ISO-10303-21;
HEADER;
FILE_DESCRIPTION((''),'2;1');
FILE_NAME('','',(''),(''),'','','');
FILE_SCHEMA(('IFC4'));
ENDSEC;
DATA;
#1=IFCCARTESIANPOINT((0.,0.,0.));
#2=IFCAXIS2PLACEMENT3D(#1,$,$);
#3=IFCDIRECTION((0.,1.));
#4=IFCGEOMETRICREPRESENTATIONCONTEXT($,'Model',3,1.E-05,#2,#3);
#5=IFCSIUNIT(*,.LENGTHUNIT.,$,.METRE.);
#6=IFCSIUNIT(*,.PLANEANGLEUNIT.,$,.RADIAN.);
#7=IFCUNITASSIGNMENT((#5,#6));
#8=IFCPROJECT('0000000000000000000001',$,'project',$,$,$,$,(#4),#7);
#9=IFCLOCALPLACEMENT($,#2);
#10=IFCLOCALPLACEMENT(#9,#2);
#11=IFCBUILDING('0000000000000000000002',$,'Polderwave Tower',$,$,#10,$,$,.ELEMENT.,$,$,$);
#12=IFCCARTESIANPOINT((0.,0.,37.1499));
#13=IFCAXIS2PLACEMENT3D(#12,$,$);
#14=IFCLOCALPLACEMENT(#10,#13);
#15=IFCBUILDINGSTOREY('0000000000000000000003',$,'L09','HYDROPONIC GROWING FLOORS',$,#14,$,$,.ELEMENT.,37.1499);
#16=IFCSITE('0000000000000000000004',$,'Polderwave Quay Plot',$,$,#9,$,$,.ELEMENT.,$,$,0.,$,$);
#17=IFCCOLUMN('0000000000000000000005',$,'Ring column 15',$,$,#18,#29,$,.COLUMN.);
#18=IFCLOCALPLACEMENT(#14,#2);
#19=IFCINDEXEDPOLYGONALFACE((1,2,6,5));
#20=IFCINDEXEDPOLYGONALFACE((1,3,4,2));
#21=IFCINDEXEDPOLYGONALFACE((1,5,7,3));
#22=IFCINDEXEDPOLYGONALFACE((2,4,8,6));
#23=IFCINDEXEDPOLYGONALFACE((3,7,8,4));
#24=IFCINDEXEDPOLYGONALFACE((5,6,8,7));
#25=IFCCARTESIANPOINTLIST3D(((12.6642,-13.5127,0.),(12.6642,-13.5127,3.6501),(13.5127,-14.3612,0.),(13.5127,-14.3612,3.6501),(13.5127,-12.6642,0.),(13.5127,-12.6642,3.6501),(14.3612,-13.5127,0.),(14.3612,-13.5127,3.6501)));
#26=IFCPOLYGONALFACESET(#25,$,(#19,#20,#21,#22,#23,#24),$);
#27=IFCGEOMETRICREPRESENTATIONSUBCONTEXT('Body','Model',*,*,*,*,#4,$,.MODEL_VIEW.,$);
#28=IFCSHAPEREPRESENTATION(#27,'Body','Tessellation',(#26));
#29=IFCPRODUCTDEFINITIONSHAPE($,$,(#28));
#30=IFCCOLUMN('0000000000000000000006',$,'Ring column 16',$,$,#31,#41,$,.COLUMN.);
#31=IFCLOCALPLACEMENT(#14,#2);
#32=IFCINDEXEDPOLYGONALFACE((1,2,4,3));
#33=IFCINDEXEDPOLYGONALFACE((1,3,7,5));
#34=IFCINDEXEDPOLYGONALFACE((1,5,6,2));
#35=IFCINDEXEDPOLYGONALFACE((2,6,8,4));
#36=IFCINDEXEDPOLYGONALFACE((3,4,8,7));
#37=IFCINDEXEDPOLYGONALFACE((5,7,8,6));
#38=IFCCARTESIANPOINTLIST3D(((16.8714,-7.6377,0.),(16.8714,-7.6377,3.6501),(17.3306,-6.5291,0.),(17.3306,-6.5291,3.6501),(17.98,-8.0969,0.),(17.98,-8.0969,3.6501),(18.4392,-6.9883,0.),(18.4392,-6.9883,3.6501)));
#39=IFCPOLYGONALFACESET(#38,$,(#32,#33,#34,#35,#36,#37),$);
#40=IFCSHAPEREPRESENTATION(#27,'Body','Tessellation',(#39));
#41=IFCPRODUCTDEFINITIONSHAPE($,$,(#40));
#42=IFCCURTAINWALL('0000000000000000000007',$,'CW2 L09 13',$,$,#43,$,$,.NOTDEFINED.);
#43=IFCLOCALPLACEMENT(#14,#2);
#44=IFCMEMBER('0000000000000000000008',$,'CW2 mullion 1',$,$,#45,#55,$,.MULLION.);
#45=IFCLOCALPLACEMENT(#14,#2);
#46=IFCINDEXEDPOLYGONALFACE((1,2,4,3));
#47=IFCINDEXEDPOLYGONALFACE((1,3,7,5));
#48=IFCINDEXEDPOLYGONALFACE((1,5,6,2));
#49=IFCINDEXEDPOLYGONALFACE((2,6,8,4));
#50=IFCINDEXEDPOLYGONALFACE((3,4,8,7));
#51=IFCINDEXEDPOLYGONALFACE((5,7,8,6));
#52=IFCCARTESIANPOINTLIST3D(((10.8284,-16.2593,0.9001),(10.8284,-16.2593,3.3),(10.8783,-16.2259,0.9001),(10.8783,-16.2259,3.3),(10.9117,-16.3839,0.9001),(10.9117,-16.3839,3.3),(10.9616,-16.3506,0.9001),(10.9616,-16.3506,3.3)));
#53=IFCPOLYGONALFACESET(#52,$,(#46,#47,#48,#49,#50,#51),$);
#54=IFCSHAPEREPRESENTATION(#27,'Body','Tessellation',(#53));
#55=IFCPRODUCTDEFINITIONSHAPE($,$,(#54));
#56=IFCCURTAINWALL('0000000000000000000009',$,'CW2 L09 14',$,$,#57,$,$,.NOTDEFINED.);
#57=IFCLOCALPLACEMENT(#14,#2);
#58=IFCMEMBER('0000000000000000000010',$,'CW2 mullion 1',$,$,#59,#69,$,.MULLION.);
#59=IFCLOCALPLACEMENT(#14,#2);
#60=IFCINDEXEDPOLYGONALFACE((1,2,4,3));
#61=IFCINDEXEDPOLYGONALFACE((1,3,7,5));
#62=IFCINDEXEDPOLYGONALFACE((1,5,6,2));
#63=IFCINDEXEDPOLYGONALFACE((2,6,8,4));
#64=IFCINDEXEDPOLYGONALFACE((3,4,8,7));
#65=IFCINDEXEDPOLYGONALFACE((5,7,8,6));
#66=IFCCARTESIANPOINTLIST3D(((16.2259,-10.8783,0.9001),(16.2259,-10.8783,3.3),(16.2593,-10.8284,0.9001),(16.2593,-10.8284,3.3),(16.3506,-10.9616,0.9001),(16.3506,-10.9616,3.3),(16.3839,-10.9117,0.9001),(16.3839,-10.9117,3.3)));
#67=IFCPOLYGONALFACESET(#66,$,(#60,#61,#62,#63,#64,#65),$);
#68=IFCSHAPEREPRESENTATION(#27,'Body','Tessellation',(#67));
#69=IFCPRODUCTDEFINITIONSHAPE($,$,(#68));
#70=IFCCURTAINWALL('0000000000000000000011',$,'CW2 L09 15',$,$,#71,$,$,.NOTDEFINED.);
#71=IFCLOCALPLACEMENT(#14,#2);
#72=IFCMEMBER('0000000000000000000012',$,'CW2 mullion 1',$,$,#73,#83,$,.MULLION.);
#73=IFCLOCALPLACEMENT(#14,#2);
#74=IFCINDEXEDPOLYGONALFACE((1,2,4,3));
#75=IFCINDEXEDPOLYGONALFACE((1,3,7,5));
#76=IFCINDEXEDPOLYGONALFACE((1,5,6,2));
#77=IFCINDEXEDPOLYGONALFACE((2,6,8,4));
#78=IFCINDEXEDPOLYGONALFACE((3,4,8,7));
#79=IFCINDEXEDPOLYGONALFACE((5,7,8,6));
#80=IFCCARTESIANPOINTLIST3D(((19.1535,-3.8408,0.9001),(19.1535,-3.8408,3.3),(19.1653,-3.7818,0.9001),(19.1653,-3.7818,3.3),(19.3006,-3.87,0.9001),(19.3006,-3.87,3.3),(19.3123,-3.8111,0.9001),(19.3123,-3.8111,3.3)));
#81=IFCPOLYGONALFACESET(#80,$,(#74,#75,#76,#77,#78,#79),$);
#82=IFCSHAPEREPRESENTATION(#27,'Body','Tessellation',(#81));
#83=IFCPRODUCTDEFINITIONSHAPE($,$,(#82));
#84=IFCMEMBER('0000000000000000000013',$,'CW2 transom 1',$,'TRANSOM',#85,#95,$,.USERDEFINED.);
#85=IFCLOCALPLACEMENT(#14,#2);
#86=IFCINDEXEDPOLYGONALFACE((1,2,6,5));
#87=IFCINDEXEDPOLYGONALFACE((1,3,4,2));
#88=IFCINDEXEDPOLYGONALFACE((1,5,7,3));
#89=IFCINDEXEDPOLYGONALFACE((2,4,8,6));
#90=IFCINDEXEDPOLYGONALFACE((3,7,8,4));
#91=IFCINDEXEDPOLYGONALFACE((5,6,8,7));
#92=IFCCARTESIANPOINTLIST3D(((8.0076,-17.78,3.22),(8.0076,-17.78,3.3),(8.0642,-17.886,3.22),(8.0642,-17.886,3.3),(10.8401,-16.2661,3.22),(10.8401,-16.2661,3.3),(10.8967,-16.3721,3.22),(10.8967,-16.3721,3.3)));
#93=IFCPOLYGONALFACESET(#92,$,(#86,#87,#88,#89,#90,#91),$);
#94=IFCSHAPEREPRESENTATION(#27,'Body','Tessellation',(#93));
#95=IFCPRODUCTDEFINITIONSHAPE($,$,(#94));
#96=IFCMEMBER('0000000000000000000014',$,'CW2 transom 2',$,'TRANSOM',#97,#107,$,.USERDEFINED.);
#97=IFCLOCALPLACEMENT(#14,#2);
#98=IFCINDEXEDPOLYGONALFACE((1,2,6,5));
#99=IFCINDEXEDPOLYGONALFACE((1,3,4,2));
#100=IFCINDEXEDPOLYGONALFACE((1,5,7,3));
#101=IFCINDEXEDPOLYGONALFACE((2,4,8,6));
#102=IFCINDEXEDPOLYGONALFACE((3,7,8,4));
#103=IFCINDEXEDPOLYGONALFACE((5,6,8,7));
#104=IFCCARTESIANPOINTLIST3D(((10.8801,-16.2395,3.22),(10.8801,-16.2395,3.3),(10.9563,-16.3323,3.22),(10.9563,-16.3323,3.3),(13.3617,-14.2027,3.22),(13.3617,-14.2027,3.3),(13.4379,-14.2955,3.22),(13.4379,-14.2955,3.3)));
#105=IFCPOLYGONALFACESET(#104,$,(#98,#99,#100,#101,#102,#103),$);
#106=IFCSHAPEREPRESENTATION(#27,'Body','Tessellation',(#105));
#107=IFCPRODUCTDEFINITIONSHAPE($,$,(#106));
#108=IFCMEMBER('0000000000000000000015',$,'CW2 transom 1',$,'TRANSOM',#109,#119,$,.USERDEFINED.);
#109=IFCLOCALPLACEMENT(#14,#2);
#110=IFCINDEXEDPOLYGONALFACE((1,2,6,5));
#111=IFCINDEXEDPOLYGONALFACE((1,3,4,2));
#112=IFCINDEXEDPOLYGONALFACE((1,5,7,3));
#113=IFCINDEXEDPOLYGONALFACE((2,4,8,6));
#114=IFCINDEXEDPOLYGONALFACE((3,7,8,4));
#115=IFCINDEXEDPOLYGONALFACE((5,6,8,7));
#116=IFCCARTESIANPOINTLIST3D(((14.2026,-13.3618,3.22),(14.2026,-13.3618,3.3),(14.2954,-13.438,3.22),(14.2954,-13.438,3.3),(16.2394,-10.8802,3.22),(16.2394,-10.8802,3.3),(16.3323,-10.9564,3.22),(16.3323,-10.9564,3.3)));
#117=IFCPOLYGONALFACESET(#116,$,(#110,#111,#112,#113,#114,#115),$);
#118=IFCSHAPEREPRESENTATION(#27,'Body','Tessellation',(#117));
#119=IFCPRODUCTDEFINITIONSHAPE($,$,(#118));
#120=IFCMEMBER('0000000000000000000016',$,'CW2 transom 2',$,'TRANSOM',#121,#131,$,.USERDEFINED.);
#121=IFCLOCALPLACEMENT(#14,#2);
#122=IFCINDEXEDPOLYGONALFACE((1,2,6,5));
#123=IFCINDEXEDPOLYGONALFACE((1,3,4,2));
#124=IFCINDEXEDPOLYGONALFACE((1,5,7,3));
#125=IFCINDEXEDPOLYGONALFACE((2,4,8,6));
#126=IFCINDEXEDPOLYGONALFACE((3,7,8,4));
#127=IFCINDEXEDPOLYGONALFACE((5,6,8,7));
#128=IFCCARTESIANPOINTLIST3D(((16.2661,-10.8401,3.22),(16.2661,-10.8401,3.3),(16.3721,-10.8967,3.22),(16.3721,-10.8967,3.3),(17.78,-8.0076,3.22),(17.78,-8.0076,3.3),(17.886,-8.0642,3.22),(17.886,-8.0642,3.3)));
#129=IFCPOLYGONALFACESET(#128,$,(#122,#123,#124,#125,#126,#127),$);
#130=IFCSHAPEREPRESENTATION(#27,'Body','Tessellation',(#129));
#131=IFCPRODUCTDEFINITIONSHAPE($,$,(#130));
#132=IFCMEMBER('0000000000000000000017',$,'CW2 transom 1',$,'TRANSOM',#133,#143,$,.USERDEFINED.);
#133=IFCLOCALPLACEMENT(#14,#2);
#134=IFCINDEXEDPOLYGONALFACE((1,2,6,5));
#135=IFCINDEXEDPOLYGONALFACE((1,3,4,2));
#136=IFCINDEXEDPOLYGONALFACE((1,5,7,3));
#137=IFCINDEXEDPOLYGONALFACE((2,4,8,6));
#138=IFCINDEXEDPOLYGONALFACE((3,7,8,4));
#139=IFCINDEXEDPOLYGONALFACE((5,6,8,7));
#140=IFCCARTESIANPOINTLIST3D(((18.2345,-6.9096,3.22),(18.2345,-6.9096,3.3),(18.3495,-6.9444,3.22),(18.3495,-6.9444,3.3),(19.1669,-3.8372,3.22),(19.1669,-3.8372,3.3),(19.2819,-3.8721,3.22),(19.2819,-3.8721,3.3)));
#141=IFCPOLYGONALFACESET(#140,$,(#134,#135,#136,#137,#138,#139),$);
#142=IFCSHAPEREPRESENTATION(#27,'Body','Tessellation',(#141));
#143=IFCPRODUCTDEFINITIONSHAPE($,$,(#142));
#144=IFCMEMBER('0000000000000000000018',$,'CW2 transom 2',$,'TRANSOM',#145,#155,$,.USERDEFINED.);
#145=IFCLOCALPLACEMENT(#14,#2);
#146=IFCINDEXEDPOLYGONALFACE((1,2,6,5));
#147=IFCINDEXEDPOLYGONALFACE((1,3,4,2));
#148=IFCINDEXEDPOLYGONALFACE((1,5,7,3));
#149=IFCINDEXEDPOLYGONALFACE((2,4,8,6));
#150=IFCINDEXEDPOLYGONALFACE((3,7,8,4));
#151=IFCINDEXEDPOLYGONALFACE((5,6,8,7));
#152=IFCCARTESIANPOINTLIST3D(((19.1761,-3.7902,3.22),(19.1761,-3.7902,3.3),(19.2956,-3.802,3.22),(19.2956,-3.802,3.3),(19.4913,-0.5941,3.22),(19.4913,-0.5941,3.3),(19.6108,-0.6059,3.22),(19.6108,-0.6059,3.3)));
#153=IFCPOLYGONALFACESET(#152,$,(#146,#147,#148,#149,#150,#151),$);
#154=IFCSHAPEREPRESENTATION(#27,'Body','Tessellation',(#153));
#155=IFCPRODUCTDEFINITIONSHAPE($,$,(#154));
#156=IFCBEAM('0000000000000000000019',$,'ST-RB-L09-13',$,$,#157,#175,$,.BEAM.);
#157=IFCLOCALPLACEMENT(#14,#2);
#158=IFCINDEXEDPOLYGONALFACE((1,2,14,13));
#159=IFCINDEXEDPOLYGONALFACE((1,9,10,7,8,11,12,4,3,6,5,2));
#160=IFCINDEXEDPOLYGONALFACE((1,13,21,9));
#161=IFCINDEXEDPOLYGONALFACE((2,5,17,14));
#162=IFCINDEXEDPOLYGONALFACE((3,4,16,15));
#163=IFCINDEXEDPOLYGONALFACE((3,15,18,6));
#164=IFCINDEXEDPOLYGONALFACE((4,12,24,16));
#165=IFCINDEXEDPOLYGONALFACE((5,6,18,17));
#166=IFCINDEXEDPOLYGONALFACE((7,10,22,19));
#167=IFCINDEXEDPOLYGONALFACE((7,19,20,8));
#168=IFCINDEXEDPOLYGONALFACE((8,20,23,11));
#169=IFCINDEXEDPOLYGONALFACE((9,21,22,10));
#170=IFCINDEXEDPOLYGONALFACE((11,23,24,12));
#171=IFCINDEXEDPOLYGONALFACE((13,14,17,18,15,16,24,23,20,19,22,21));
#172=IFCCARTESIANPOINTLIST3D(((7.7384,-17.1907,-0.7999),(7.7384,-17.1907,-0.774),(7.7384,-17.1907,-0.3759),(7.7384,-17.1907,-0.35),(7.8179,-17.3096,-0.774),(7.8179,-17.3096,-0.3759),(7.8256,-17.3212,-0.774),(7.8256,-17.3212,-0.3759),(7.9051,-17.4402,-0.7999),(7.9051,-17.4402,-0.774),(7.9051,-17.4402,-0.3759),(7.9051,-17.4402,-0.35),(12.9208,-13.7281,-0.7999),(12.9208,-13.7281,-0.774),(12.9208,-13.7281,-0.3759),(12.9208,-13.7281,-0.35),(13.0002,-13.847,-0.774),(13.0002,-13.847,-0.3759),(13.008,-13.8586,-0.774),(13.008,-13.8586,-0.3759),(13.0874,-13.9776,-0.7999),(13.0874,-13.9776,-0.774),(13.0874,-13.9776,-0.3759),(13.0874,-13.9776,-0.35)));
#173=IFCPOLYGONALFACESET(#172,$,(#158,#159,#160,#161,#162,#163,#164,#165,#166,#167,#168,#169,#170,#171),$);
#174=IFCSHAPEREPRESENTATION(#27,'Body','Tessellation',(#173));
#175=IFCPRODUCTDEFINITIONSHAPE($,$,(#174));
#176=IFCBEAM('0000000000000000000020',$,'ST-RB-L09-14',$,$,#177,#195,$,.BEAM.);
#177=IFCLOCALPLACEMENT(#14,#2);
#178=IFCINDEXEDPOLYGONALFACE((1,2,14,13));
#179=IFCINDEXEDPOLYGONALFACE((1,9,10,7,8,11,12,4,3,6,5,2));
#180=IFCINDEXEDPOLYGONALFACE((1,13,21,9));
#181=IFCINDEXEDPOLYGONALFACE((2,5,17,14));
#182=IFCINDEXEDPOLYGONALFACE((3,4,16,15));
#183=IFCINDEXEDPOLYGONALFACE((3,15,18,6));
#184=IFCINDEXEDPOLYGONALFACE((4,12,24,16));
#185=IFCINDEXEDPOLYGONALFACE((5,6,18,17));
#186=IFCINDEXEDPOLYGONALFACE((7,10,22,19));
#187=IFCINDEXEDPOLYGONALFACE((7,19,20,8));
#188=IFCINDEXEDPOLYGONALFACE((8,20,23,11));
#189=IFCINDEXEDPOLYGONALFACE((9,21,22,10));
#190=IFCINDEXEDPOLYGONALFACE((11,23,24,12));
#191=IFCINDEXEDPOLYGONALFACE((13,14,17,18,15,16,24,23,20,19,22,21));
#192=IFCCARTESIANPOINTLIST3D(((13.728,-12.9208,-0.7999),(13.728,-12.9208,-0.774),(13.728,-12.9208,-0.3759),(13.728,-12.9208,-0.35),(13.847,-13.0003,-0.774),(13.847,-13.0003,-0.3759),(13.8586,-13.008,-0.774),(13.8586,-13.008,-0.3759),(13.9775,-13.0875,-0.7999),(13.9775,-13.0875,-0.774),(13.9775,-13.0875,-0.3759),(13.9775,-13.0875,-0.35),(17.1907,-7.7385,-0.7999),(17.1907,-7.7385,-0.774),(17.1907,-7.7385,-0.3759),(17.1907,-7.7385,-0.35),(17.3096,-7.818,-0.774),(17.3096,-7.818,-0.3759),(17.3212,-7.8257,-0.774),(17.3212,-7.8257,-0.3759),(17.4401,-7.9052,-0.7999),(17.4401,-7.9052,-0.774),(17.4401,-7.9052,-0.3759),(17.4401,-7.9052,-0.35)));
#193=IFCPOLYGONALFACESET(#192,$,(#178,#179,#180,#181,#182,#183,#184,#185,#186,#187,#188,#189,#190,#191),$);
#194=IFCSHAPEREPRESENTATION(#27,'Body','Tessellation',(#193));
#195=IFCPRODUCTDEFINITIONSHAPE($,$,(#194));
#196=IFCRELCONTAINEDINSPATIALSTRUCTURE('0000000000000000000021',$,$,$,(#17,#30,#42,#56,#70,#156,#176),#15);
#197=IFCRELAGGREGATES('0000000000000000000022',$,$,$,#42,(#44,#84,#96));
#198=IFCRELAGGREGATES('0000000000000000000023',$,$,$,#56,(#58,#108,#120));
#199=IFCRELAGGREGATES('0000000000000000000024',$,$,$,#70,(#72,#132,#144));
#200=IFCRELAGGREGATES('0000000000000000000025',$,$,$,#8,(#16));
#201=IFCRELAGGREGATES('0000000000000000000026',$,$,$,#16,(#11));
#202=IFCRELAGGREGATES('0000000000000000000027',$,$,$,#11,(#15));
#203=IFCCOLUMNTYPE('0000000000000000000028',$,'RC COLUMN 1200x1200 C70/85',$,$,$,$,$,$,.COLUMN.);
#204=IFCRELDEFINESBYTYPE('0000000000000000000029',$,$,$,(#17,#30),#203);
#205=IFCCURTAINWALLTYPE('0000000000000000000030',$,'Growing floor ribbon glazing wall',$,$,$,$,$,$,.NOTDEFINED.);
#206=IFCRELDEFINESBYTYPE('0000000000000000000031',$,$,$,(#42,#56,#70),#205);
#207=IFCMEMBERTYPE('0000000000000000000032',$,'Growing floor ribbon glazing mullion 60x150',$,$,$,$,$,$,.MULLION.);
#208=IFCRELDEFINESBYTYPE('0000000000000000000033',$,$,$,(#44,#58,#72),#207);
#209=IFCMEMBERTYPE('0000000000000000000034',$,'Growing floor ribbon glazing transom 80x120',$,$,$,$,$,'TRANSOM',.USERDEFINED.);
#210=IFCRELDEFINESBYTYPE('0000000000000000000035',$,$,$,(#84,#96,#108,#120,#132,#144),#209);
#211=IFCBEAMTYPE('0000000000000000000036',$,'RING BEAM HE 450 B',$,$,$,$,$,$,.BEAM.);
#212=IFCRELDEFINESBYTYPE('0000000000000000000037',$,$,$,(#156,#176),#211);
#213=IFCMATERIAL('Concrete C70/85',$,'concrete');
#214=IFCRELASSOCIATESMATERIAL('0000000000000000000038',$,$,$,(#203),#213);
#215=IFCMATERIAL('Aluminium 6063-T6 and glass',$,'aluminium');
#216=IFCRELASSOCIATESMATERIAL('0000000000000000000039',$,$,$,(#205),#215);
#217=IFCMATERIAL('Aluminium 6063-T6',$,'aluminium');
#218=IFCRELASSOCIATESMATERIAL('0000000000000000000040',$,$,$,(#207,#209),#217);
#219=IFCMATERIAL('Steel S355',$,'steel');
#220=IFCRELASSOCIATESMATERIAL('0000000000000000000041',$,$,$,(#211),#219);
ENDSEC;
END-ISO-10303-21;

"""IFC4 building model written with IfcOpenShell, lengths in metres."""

from ifc_helpers import new_model, si_unit, direction, frame, origin, origin_2d, place, context, subcontext, project, spatial, rectangle, i_section, extrude, material, material_profile, profile_set, type_object, element, aggregate, save


model = new_model("IFC4")

# Units and contexts
model_context = context("Model", 3, precision=1e-05, world=origin(), true_north=direction((0.0, 1.0)))
body_context = subcontext(model_context, "Body", "Model", "MODEL_VIEW")
ifc_project = project(units=[si_unit("LENGTHUNIT", "METRE"), si_unit("PLANEANGLEUNIT", "RADIAN")], contexts=[model_context])

# Site, building, storey
site_placement = place(None, origin())
site = spatial("IfcSite", under=ifc_project, at=site_placement, Name="Polderwave Quay Plot", CompositionType="ELEMENT", RefElevation=0.0)
building_placement = place(site_placement, origin())
building = spatial("IfcBuilding", under=site, at=building_placement, Name="Polderwave Tower", CompositionType="ELEMENT")
storey_placement = place(building_placement, frame((0.0, 0.0, 37.1499)))
storey = spatial("IfcBuildingStorey", under=building, at=storey_placement, Name="L09", Description="HYDROPONIC GROWING FLOORS", CompositionType="ELEMENT", Elevation=37.1499)

# Columns
ifc_material_1 = material(Name="Concrete C70/85", Category="concrete")
ifc_material_profile_1 = material_profile(ifc_material_1, rectangle(XDim=1.2, YDim=1.2, at=origin_2d()), Name="RC 1200x1200")
ifc_profile_set_1 = profile_set([ifc_material_profile_1], Name="Concrete C70/85")
column_type = type_object("IfcColumnType", Name="RC COLUMN 1200x1200 C70/85", PredefinedType="COLUMN", material=ifc_profile_set_1)
for number, where, z_axis, x_axis, name in (
    (1, (13.5127, -13.5127, 0.0), (0.0, 0.0, 1.0), (0.707107, -0.707107, 0.0), "Ring column 15"),
    (2, (17.6553, -7.313, 0.0), (0.0, 0.0, 1.0), (0.92388, -0.382683, 0.0), "Ring column 16"),
):
    element("IfcColumn", number, at=place(storey_placement, frame(where, z_axis=z_axis, x_axis=x_axis)), inside=storey, type_object=column_type, Name=name, PredefinedType="COLUMN", context=body_context, shape_type="SweptSolid", body=[
        extrude(rectangle(XDim=1.2, YDim=1.2, at=origin_2d()), origin(), (0.0, 0.0, 1.0), 3.6501),
    ])

# Curtain walls, members
ifc_material_2 = material(Name="Aluminium 6063-T6 and glass", Category="aluminium")
curtain_wall_type = type_object("IfcCurtainWallType", Name="Growing floor ribbon glazing wall", PredefinedType="NOTDEFINED", material=ifc_material_2)
curtain_wall_1_placement = place(storey_placement, origin())
curtain_wall_1 = element("IfcCurtainWall", 3, at=curtain_wall_1_placement, inside=storey, type_object=curtain_wall_type, Name="CW2 L09 13", PredefinedType="NOTDEFINED")
ifc_material_3 = material(Name="Aluminium 6063-T6", Category="aluminium")
ifc_material_profile_2 = material_profile(ifc_material_3, rectangle(XDim=0.1499, YDim=0.0601, at=origin_2d()), Name="AL 60x150")
ifc_profile_set_2 = profile_set([ifc_material_profile_2], Name="Aluminium 6063-T6")
member_type_1 = type_object("IfcMemberType", Name="Growing floor ribbon glazing mullion 60x150", PredefinedType="MULLION", material=ifc_profile_set_2)
member_1_placement = place(storey_placement, frame((10.895, -16.3049, 0.9001), z_axis=(0.0, 0.0, 1.0), x_axis=(-0.555572, 0.831469, 0.0)))
member_1 = element("IfcMember", 4, at=member_1_placement, type_object=member_type_1, Name="CW2 mullion 1", PredefinedType="MULLION", context=body_context, shape_type="SweptSolid", body=[
    extrude(rectangle(XDim=0.1499, YDim=0.0601, at=origin_2d()), origin(), (0.0, 0.0, 1.0), 2.3999),
])
curtain_wall_2_placement = place(storey_placement, origin())
curtain_wall_2 = element("IfcCurtainWall", 5, at=curtain_wall_2_placement, inside=storey, type_object=curtain_wall_type, Name="CW2 L09 14", PredefinedType="NOTDEFINED")
member_2_placement = place(storey_placement, frame((16.3049, -10.895, 0.9001), z_axis=(0.0, 0.0, 1.0), x_axis=(-0.831469, 0.555572, 0.0)))
member_2 = element("IfcMember", 6, at=member_2_placement, type_object=member_type_1, Name="CW2 mullion 1", PredefinedType="MULLION", context=body_context, shape_type="SweptSolid", body=[
    extrude(rectangle(XDim=0.1499, YDim=0.0601, at=origin_2d()), origin(), (0.0, 0.0, 1.0), 2.3999),
])
curtain_wall_3_placement = place(storey_placement, origin())
curtain_wall_3 = element("IfcCurtainWall", 7, at=curtain_wall_3_placement, inside=storey, type_object=curtain_wall_type, Name="CW2 L09 15", PredefinedType="NOTDEFINED")
member_3_placement = place(storey_placement, frame((19.2329, -3.8259, 0.9001), z_axis=(0.0, 0.0, 1.0), x_axis=(-0.980768, 0.195178, 0.0)))
member_3 = element("IfcMember", 8, at=member_3_placement, type_object=member_type_1, Name="CW2 mullion 1", PredefinedType="MULLION", context=body_context, shape_type="SweptSolid", body=[
    extrude(rectangle(XDim=0.1499, YDim=0.0601, at=origin_2d()), origin(), (0.0, 0.0, 1.0), 2.3999),
])

# Members
ifc_material_profile_3 = material_profile(ifc_material_3, rectangle(XDim=0.1201, YDim=0.0801, at=origin_2d()), Name="AL 80x120")
ifc_profile_set_3 = profile_set([ifc_material_profile_3], Name="Aluminium 6063-T6")
member_type_2 = type_object("IfcMemberType", Name="Growing floor ribbon glazing transom 80x120", ElementType="TRANSOM", PredefinedType="USERDEFINED", material=ifc_profile_set_3)
member_4_placement = place(storey_placement, frame((8.0359, -17.833, 3.26), z_axis=(0.881934, 0.471373, 0.0), x_axis=(-0.471373, 0.881934, 0.0)))
member_4 = element("IfcMember", 9, at=member_4_placement, type_object=member_type_2, Name="CW2 transom 1", ObjectType="TRANSOM", PredefinedType="USERDEFINED", context=body_context, shape_type="SweptSolid", body=[
    extrude(rectangle(XDim=0.1201, YDim=0.0801, at=origin_2d()), origin(), (0.0, 0.0, 1.0), 3.2117),
])
member_5_placement = place(storey_placement, frame((10.9182, -16.2859, 3.26), z_axis=(0.772981, 0.63443, 0.0), x_axis=(-0.63443, 0.772981, 0.0)))
member_5 = element("IfcMember", 10, at=member_5_placement, type_object=member_type_2, Name="CW2 transom 2", ObjectType="TRANSOM", PredefinedType="USERDEFINED", context=body_context, shape_type="SweptSolid", body=[
    extrude(rectangle(XDim=0.1201, YDim=0.0801, at=origin_2d()), origin(), (0.0, 0.0, 1.0), 3.2104),
])
member_6_placement = place(storey_placement, frame((14.249, -13.3999, 3.26), z_axis=(0.63443, 0.772981, 0.0), x_axis=(-0.772981, 0.63443, 0.0)))
member_6 = element("IfcMember", 11, at=member_6_placement, type_object=member_type_2, Name="CW2 transom 1", ObjectType="TRANSOM", PredefinedType="USERDEFINED", context=body_context, shape_type="SweptSolid", body=[
    extrude(rectangle(XDim=0.1201, YDim=0.0801, at=origin_2d()), origin(), (0.0, 0.0, 1.0), 3.2104),
])
member_7_placement = place(storey_placement, frame((16.3191, -10.8684, 3.26), z_axis=(0.471373, 0.881934, 0.0), x_axis=(-0.881934, 0.471373, 0.0)))
member_7 = element("IfcMember", 12, at=member_7_placement, type_object=member_type_2, Name="CW2 transom 2", ObjectType="TRANSOM", PredefinedType="USERDEFINED", context=body_context, shape_type="SweptSolid", body=[
    extrude(rectangle(XDim=0.1201, YDim=0.0801, at=origin_2d()), origin(), (0.0, 0.0, 1.0), 3.2117),
])
member_8_placement = place(storey_placement, frame((18.292, -6.927, 3.26), z_axis=(0.290402, 0.956905, 0.0), x_axis=(-0.956905, 0.290402, 0.0)))
member_8 = element("IfcMember", 13, at=member_8_placement, type_object=member_type_2, Name="CW2 transom 1", ObjectType="TRANSOM", PredefinedType="USERDEFINED", context=body_context, shape_type="SweptSolid", body=[
    extrude(rectangle(XDim=0.1201, YDim=0.0801, at=origin_2d()), origin(), (0.0, 0.0, 1.0), 3.2107),
])
member_9_placement = place(storey_placement, frame((19.2358, -3.7961, 3.26), z_axis=(0.098141, 0.995172, 0.0), x_axis=(-0.995172, 0.098141, 0.0)))
member_9 = element("IfcMember", 14, at=member_9_placement, type_object=member_type_2, Name="CW2 transom 2", ObjectType="TRANSOM", PredefinedType="USERDEFINED", context=body_context, shape_type="SweptSolid", body=[
    extrude(rectangle(XDim=0.1201, YDim=0.0801, at=origin_2d()), origin(), (0.0, 0.0, 1.0), 3.2117),
])

# Beams
ifc_material_4 = material(Name="Steel S355", Category="steel")
ifc_material_profile_4 = material_profile(ifc_material_4, i_section(OverallWidth=0.3, OverallDepth=0.45, WebThickness=0.0139, FlangeThickness=0.0259, at=origin_2d()), Name="HE 450 B")
ifc_profile_set_4 = profile_set([ifc_material_profile_4], Name="Steel S355")
beam_type = type_object("IfcBeamType", Name="RING BEAM HE 450 B", PredefinedType="BEAM", material=ifc_profile_set_4)
for number, where, z_axis, x_axis, name in (
    (15, (7.8218, -17.3154, -0.575), (0.831477, 0.555559, 0.0), (-0.555559, 0.831477, 0.0), "ST-RB-L09-13"),
    (16, (13.8528, -13.0042, -0.575), (0.555559, 0.831477, 0.0), (-0.831477, 0.555559, 0.0), "ST-RB-L09-14"),
):
    element("IfcBeam", number, at=place(storey_placement, frame(where, z_axis=z_axis, x_axis=x_axis)), inside=storey, type_object=beam_type, Name=name, PredefinedType="BEAM", context=body_context, shape_type="SweptSolid", body=[
        extrude(i_section(OverallWidth=0.3, OverallDepth=0.45, WebThickness=0.0139, FlangeThickness=0.0259, at=origin_2d()), origin(), (0.0, 0.0, 1.0), 6.2327),
    ])

aggregate(curtain_wall_1, [member_1, member_4, member_5])
aggregate(curtain_wall_2, [member_2, member_6, member_7])
aggregate(curtain_wall_3, [member_3, member_8, member_9])

save(model, "model.ifc")
